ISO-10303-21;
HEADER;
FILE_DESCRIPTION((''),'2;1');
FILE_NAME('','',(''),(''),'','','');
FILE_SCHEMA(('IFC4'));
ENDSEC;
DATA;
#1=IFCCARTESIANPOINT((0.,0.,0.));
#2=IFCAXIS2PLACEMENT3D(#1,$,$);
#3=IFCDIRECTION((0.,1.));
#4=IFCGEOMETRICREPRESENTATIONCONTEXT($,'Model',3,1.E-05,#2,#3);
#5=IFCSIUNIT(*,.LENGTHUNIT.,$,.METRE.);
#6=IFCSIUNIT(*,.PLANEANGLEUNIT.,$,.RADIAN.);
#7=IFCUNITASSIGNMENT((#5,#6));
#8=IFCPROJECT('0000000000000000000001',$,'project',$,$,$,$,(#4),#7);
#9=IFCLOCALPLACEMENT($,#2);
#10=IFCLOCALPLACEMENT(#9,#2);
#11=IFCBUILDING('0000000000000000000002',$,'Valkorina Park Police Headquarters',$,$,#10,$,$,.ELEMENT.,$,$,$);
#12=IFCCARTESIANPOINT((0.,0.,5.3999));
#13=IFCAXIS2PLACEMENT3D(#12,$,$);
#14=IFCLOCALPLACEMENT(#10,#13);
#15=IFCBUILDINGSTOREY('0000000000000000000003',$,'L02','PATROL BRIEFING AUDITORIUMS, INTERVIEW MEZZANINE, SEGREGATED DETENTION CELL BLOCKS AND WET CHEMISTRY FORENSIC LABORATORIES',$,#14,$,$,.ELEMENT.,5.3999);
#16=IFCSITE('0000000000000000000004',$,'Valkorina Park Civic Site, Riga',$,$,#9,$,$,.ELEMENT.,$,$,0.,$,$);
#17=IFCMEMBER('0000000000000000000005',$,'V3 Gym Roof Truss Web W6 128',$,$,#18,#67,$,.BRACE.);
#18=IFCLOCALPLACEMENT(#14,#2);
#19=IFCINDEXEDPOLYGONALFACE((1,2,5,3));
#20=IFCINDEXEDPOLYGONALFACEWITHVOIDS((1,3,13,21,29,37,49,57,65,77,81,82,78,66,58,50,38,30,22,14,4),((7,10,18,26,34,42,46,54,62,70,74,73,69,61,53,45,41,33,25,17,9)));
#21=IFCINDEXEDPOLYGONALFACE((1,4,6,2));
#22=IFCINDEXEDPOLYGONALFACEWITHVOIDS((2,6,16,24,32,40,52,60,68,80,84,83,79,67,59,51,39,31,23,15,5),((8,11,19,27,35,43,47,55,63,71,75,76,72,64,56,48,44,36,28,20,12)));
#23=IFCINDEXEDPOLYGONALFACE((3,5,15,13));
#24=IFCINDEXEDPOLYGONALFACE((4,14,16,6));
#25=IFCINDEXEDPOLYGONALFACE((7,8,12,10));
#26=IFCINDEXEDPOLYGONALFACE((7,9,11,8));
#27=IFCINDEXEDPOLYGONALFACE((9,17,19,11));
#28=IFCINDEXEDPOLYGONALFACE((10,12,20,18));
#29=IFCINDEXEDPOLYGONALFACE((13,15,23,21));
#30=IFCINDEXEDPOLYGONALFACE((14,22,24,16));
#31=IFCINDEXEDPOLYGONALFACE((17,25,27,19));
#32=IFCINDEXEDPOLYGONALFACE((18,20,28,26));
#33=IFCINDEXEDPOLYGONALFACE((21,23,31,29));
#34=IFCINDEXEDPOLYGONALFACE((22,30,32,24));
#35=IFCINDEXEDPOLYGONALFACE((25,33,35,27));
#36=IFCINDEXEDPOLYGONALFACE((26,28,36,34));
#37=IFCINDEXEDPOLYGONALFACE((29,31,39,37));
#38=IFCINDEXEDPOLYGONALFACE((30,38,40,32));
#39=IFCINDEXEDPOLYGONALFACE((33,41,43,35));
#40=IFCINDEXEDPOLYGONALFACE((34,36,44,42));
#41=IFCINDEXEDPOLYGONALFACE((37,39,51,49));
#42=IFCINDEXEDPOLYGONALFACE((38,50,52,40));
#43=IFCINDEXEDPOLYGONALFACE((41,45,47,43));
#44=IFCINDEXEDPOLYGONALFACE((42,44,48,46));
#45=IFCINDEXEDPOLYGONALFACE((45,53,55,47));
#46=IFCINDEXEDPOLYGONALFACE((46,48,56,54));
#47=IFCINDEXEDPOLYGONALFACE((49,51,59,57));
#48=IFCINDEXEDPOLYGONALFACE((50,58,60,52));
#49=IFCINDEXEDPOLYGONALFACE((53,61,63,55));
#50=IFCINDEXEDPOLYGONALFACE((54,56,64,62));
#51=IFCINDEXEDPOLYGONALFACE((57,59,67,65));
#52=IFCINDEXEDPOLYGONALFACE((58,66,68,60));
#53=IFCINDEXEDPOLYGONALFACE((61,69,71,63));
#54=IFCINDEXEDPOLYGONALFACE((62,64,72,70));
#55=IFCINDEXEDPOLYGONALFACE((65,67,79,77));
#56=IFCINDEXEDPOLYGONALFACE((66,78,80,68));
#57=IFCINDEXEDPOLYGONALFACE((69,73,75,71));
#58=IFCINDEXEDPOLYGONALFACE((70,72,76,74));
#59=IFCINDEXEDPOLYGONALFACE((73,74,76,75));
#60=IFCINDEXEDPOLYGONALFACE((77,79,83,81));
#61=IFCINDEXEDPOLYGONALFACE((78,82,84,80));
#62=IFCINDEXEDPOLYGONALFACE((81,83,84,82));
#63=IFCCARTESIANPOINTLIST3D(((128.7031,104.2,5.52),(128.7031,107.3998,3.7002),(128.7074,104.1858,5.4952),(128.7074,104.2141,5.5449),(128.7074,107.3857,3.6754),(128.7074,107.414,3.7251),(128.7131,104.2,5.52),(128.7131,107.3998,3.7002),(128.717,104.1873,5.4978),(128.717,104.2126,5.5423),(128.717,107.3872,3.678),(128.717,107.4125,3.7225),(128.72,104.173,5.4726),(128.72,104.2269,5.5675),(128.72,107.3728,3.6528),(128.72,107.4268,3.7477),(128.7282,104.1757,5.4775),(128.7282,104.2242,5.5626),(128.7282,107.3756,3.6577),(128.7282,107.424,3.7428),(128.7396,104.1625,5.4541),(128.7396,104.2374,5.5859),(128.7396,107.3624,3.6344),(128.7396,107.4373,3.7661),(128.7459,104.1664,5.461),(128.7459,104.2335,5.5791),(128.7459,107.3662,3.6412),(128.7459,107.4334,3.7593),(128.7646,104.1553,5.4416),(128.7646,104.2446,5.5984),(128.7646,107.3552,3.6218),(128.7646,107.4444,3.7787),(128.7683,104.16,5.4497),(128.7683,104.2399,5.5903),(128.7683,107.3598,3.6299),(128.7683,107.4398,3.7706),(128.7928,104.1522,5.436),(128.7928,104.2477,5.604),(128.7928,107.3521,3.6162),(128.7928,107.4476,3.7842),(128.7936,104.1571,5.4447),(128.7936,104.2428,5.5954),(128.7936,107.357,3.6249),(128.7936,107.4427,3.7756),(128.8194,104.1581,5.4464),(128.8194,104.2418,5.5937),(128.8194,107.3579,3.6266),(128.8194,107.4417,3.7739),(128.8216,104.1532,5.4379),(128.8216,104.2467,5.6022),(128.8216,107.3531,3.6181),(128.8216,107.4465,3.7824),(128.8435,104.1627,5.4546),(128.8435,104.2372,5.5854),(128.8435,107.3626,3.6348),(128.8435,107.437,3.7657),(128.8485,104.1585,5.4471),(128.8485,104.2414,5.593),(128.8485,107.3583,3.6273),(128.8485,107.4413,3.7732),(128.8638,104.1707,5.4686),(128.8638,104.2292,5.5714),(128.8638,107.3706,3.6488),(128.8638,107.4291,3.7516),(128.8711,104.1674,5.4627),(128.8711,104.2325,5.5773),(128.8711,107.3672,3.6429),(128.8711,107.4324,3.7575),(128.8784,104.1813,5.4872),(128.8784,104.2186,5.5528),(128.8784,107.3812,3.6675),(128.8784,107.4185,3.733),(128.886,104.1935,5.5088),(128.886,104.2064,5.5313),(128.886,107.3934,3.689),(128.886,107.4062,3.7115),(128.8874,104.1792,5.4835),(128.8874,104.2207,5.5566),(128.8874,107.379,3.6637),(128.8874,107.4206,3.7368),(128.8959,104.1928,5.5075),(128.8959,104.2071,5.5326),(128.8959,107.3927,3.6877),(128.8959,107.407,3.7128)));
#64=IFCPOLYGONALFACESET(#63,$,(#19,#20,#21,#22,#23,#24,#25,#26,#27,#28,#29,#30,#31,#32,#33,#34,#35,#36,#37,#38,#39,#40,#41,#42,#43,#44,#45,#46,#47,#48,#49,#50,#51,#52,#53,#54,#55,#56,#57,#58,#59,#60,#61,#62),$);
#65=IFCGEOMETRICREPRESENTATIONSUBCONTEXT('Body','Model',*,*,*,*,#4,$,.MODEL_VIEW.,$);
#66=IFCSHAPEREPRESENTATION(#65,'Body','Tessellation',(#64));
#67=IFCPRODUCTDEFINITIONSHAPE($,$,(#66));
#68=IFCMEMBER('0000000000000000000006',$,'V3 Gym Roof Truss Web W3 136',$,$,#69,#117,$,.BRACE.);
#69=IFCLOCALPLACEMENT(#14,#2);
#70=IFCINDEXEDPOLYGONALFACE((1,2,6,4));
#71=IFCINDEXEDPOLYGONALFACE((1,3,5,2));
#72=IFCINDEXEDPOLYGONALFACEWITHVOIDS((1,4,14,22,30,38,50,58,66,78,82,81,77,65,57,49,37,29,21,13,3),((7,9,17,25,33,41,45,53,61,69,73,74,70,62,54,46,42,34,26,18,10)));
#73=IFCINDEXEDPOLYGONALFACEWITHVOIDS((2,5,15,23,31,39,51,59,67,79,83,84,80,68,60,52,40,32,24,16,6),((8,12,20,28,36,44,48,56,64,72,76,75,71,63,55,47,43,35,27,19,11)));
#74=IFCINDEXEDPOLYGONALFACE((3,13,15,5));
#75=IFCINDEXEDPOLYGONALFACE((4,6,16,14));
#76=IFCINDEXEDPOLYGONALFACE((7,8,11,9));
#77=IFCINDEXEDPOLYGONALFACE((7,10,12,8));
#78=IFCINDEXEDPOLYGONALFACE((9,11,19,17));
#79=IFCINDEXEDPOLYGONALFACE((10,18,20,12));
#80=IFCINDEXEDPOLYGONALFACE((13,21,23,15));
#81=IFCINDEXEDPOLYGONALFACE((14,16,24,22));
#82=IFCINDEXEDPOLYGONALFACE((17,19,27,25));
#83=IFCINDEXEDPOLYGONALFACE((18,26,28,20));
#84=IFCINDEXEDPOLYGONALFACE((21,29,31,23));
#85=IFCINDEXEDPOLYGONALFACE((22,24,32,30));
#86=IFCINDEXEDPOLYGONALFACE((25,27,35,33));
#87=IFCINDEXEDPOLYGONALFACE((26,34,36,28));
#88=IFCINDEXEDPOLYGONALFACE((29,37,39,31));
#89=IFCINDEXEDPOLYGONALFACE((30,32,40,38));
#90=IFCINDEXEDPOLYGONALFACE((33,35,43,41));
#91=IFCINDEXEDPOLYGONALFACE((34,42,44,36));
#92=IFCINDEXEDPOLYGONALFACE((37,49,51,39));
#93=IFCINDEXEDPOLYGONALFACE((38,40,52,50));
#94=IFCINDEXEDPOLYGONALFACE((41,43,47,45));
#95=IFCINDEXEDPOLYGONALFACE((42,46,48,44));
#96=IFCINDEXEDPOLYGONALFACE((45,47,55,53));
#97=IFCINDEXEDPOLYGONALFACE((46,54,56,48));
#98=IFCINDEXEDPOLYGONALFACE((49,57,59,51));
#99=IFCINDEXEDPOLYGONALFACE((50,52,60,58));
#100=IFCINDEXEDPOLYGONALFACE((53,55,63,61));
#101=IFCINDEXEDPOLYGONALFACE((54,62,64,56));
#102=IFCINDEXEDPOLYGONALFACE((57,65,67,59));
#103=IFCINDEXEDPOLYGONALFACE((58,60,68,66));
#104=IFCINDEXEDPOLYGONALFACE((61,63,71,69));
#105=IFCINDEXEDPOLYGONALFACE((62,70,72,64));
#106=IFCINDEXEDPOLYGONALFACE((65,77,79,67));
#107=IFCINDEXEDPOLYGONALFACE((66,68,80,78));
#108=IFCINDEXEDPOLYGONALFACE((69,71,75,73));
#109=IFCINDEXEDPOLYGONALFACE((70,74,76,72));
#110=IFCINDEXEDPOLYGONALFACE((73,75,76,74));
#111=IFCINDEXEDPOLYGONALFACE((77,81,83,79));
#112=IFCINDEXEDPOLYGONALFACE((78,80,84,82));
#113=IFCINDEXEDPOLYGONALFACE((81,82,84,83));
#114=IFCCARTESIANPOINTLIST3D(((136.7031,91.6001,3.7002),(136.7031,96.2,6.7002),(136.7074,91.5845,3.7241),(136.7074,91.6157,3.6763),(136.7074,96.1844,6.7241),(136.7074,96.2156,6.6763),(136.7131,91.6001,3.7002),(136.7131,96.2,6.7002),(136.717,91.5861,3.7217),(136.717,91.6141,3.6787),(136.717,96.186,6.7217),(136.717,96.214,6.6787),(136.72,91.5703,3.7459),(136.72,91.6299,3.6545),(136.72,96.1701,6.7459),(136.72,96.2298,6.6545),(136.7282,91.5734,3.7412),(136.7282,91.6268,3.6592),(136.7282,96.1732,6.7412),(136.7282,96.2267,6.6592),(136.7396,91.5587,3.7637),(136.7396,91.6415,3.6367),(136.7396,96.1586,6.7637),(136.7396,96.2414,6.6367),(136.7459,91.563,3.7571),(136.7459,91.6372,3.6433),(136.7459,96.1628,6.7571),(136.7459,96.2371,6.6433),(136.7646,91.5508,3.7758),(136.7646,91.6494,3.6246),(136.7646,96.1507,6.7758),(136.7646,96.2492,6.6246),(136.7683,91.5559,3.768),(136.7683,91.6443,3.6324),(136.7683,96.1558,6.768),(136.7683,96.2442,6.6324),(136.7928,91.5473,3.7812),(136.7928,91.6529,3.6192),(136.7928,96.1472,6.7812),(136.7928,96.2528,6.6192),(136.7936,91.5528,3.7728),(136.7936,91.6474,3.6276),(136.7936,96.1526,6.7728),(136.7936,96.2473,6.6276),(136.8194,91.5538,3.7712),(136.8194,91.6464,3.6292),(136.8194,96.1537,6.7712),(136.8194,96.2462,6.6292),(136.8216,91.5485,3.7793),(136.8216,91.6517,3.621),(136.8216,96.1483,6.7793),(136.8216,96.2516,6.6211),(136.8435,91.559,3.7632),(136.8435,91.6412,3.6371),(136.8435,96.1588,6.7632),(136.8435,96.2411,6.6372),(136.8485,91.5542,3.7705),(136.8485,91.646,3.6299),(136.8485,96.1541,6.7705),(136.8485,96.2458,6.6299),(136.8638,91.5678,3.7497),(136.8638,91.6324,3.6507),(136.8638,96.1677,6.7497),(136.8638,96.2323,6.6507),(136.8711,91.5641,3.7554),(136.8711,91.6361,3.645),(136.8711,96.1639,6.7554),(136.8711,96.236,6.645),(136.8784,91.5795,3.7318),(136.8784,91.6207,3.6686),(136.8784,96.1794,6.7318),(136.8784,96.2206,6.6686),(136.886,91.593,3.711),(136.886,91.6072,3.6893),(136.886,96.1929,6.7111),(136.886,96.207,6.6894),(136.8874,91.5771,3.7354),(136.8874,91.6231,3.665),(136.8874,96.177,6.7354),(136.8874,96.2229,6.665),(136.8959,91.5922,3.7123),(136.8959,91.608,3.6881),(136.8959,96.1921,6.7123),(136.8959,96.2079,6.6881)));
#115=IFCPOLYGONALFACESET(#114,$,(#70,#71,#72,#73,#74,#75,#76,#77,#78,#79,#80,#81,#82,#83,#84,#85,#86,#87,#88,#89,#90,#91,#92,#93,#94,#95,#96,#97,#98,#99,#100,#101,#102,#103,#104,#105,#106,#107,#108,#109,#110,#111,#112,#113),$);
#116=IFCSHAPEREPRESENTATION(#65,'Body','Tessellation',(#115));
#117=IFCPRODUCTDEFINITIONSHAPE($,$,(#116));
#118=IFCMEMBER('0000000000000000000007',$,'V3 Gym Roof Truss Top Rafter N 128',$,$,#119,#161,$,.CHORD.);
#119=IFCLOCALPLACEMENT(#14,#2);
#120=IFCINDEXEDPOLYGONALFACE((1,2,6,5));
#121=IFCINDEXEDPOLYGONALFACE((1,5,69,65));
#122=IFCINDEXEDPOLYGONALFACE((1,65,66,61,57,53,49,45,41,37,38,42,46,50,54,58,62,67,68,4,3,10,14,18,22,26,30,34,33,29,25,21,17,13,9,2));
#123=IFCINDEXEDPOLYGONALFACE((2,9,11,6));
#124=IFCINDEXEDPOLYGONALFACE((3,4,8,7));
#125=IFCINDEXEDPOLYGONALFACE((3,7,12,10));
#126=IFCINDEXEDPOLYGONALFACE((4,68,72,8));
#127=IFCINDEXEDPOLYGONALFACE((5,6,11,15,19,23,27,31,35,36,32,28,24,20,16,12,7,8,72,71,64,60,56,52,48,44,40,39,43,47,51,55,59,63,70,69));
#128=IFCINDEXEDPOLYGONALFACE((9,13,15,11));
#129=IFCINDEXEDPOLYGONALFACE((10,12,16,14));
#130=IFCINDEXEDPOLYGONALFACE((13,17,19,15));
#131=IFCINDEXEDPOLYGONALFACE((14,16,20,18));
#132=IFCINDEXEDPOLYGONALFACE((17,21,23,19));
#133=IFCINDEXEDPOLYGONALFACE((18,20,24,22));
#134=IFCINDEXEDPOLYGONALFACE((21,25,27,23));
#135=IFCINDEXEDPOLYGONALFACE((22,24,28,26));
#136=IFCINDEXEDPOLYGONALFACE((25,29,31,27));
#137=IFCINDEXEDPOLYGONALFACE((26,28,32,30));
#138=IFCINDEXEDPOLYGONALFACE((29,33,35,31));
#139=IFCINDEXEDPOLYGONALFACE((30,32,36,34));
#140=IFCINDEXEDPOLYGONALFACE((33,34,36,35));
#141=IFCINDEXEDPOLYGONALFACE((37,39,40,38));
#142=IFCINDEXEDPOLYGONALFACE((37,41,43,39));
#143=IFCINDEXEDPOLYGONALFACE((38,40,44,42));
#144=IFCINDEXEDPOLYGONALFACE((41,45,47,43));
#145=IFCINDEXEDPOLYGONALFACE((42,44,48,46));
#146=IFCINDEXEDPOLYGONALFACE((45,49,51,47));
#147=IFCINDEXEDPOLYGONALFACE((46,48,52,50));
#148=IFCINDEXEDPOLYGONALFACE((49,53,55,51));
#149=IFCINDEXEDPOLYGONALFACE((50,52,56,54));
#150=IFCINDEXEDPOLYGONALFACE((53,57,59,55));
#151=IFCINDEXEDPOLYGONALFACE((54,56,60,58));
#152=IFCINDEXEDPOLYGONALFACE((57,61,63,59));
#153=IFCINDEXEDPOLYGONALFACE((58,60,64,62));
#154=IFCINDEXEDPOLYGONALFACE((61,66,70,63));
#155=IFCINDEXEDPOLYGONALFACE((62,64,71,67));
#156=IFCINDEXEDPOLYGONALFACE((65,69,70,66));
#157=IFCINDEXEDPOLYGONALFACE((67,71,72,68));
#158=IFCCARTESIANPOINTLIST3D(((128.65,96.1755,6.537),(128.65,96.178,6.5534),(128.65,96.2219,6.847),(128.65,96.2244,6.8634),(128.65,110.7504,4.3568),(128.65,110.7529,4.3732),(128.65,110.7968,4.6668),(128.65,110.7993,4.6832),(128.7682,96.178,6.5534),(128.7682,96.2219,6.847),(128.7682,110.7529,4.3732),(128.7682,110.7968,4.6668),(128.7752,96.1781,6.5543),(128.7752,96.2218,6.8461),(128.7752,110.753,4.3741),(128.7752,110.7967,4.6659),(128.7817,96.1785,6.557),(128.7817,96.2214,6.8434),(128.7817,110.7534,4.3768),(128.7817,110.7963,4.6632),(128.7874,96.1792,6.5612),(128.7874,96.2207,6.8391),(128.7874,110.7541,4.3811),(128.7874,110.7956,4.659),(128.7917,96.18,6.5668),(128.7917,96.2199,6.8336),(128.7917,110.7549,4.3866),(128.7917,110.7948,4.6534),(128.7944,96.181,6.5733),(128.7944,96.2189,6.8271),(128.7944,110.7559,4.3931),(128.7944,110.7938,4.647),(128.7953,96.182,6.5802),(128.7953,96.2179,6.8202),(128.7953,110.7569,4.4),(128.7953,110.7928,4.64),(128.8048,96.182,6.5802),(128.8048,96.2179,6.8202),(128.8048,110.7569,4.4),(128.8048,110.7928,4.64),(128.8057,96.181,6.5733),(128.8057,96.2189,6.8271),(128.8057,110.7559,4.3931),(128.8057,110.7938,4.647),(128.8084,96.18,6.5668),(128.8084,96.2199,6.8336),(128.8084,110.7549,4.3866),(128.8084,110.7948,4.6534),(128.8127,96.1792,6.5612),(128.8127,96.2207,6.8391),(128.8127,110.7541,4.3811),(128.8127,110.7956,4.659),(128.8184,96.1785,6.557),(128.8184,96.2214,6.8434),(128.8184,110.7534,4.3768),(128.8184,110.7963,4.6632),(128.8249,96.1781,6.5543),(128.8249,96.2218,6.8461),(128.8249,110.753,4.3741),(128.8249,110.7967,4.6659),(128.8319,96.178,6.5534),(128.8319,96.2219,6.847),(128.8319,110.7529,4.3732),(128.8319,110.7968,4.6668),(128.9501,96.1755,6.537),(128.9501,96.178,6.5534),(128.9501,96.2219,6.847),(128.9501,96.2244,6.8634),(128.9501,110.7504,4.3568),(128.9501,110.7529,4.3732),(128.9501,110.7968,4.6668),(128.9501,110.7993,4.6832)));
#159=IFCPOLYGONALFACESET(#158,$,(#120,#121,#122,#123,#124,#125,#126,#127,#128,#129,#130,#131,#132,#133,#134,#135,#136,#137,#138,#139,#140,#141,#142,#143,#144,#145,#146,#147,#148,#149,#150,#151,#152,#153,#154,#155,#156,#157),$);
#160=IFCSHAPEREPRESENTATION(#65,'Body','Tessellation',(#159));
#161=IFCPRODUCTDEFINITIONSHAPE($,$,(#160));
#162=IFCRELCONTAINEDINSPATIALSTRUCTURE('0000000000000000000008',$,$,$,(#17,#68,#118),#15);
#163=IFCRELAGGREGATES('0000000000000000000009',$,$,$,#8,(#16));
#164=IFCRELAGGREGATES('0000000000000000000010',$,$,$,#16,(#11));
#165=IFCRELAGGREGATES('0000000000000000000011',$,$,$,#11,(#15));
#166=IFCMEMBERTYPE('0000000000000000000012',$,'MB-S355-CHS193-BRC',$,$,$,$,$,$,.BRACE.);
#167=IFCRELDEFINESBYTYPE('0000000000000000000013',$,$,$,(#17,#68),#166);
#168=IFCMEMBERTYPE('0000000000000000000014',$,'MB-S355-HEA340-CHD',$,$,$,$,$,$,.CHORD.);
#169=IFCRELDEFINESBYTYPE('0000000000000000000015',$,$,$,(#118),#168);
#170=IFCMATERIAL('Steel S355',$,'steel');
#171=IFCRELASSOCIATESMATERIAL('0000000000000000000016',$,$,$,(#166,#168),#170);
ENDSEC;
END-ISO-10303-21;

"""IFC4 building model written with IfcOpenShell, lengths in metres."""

from ifc_helpers import new_model, si_unit, direction, frame, origin, origin_2d, place, context, subcontext, project, spatial, hollow_circle, i_section, extrude, material, material_profile, profile_set, type_object, element, save


model = new_model("IFC4")

# Units and contexts
model_context = context("Model", 3, precision=1e-05, world=origin(), true_north=direction((0.0, 1.0)))
body_context = subcontext(model_context, "Body", "Model", "MODEL_VIEW")
ifc_project = project(units=[si_unit("LENGTHUNIT", "METRE"), si_unit("PLANEANGLEUNIT", "RADIAN")], contexts=[model_context])

# Site, building, storey
site_placement = place(None, origin())
site = spatial("IfcSite", under=ifc_project, at=site_placement, Name="Valkorina Park Civic Site, Riga", CompositionType="ELEMENT", RefElevation=0.0)
building_placement = place(site_placement, origin())
building = spatial("IfcBuilding", under=site, at=building_placement, Name="Valkorina Park Police Headquarters", CompositionType="ELEMENT")
storey_placement = place(building_placement, frame((0.0, 0.0, 5.3999)))
storey = spatial("IfcBuildingStorey", under=building, at=storey_placement, Name="L02", Description="PATROL BRIEFING AUDITORIUMS, INTERVIEW MEZZANINE, SEGREGATED DETENTION CELL BLOCKS AND WET CHEMISTRY FORENSIC LABORATORIES", CompositionType="ELEMENT", Elevation=5.3999)

# Members
ifc_material_1 = material(Name="Steel S355", Category="steel")
ifc_material_profile_1 = material_profile(ifc_material_1, hollow_circle(Radius=0.0969, WallThickness=0.01, at=origin_2d()), Name="CHS 193.7x10")
ifc_profile_set_1 = profile_set([ifc_material_profile_1], Name="Steel S355")
member_type_1 = type_object("IfcMemberType", Name="MB-S355-CHS193-BRC", PredefinedType="BRACE", material=ifc_profile_set_1)
member_1_placement = place(storey_placement, frame((128.8, 104.2, 5.52), z_axis=(0.0, 0.869262, -0.494352), x_axis=(-1.0, 0.0, 0.0)))
element("IfcMember", 1, at=member_1_placement, inside=storey, type_object=member_type_1, Name="V3 Gym Roof Truss Web W6 128", PredefinedType="BRACE", context=body_context, shape_type="SweptSolid", body=[
    extrude(hollow_circle(Radius=0.0969, WallThickness=0.01, at=origin_2d()), origin(), (0.0, 0.0, 1.0), 3.6812),
])
member_2_placement = place(storey_placement, frame((136.8, 91.6001, 3.7002), z_axis=(0.0, 0.837603, 0.54628), x_axis=(-1.0, 0.0, 0.0)))
element("IfcMember", 2, at=member_2_placement, inside=storey, type_object=member_type_1, Name="V3 Gym Roof Truss Web W3 136", PredefinedType="BRACE", context=body_context, shape_type="SweptSolid", body=[
    extrude(hollow_circle(Radius=0.0969, WallThickness=0.01, at=origin_2d()), origin(), (0.0, 0.0, 1.0), 5.4917),
])
ifc_material_profile_2 = material_profile(ifc_material_1, i_section(OverallWidth=0.3, OverallDepth=0.3301, WebThickness=0.0095, FlangeThickness=0.0166, FilletRadius=0.0271, at=origin_2d()), Name="HEA 340")
ifc_profile_set_2 = profile_set([ifc_material_profile_2], Name="Steel S355")
member_type_2 = type_object("IfcMemberType", Name="MB-S355-HEA340-CHD", PredefinedType="CHORD", material=ifc_profile_set_2)
member_3_placement = place(storey_placement, frame((128.8, 96.2, 6.7002), z_axis=(0.0, 0.988997, -0.147938), x_axis=(-1.0, 0.0, 0.0)))
element("IfcMember", 3, at=member_3_placement, inside=storey, type_object=member_type_2, Name="V3 Gym Roof Truss Top Rafter N 128", PredefinedType="CHORD", context=body_context, shape_type="SweptSolid", body=[
    extrude(i_section(OverallWidth=0.3, OverallDepth=0.3301, WebThickness=0.0095, FlangeThickness=0.0166, FilletRadius=0.0271, at=origin_2d()), origin(), (0.0, 0.0, 1.0), 14.7371),
])

save(model, "model.ifc")
